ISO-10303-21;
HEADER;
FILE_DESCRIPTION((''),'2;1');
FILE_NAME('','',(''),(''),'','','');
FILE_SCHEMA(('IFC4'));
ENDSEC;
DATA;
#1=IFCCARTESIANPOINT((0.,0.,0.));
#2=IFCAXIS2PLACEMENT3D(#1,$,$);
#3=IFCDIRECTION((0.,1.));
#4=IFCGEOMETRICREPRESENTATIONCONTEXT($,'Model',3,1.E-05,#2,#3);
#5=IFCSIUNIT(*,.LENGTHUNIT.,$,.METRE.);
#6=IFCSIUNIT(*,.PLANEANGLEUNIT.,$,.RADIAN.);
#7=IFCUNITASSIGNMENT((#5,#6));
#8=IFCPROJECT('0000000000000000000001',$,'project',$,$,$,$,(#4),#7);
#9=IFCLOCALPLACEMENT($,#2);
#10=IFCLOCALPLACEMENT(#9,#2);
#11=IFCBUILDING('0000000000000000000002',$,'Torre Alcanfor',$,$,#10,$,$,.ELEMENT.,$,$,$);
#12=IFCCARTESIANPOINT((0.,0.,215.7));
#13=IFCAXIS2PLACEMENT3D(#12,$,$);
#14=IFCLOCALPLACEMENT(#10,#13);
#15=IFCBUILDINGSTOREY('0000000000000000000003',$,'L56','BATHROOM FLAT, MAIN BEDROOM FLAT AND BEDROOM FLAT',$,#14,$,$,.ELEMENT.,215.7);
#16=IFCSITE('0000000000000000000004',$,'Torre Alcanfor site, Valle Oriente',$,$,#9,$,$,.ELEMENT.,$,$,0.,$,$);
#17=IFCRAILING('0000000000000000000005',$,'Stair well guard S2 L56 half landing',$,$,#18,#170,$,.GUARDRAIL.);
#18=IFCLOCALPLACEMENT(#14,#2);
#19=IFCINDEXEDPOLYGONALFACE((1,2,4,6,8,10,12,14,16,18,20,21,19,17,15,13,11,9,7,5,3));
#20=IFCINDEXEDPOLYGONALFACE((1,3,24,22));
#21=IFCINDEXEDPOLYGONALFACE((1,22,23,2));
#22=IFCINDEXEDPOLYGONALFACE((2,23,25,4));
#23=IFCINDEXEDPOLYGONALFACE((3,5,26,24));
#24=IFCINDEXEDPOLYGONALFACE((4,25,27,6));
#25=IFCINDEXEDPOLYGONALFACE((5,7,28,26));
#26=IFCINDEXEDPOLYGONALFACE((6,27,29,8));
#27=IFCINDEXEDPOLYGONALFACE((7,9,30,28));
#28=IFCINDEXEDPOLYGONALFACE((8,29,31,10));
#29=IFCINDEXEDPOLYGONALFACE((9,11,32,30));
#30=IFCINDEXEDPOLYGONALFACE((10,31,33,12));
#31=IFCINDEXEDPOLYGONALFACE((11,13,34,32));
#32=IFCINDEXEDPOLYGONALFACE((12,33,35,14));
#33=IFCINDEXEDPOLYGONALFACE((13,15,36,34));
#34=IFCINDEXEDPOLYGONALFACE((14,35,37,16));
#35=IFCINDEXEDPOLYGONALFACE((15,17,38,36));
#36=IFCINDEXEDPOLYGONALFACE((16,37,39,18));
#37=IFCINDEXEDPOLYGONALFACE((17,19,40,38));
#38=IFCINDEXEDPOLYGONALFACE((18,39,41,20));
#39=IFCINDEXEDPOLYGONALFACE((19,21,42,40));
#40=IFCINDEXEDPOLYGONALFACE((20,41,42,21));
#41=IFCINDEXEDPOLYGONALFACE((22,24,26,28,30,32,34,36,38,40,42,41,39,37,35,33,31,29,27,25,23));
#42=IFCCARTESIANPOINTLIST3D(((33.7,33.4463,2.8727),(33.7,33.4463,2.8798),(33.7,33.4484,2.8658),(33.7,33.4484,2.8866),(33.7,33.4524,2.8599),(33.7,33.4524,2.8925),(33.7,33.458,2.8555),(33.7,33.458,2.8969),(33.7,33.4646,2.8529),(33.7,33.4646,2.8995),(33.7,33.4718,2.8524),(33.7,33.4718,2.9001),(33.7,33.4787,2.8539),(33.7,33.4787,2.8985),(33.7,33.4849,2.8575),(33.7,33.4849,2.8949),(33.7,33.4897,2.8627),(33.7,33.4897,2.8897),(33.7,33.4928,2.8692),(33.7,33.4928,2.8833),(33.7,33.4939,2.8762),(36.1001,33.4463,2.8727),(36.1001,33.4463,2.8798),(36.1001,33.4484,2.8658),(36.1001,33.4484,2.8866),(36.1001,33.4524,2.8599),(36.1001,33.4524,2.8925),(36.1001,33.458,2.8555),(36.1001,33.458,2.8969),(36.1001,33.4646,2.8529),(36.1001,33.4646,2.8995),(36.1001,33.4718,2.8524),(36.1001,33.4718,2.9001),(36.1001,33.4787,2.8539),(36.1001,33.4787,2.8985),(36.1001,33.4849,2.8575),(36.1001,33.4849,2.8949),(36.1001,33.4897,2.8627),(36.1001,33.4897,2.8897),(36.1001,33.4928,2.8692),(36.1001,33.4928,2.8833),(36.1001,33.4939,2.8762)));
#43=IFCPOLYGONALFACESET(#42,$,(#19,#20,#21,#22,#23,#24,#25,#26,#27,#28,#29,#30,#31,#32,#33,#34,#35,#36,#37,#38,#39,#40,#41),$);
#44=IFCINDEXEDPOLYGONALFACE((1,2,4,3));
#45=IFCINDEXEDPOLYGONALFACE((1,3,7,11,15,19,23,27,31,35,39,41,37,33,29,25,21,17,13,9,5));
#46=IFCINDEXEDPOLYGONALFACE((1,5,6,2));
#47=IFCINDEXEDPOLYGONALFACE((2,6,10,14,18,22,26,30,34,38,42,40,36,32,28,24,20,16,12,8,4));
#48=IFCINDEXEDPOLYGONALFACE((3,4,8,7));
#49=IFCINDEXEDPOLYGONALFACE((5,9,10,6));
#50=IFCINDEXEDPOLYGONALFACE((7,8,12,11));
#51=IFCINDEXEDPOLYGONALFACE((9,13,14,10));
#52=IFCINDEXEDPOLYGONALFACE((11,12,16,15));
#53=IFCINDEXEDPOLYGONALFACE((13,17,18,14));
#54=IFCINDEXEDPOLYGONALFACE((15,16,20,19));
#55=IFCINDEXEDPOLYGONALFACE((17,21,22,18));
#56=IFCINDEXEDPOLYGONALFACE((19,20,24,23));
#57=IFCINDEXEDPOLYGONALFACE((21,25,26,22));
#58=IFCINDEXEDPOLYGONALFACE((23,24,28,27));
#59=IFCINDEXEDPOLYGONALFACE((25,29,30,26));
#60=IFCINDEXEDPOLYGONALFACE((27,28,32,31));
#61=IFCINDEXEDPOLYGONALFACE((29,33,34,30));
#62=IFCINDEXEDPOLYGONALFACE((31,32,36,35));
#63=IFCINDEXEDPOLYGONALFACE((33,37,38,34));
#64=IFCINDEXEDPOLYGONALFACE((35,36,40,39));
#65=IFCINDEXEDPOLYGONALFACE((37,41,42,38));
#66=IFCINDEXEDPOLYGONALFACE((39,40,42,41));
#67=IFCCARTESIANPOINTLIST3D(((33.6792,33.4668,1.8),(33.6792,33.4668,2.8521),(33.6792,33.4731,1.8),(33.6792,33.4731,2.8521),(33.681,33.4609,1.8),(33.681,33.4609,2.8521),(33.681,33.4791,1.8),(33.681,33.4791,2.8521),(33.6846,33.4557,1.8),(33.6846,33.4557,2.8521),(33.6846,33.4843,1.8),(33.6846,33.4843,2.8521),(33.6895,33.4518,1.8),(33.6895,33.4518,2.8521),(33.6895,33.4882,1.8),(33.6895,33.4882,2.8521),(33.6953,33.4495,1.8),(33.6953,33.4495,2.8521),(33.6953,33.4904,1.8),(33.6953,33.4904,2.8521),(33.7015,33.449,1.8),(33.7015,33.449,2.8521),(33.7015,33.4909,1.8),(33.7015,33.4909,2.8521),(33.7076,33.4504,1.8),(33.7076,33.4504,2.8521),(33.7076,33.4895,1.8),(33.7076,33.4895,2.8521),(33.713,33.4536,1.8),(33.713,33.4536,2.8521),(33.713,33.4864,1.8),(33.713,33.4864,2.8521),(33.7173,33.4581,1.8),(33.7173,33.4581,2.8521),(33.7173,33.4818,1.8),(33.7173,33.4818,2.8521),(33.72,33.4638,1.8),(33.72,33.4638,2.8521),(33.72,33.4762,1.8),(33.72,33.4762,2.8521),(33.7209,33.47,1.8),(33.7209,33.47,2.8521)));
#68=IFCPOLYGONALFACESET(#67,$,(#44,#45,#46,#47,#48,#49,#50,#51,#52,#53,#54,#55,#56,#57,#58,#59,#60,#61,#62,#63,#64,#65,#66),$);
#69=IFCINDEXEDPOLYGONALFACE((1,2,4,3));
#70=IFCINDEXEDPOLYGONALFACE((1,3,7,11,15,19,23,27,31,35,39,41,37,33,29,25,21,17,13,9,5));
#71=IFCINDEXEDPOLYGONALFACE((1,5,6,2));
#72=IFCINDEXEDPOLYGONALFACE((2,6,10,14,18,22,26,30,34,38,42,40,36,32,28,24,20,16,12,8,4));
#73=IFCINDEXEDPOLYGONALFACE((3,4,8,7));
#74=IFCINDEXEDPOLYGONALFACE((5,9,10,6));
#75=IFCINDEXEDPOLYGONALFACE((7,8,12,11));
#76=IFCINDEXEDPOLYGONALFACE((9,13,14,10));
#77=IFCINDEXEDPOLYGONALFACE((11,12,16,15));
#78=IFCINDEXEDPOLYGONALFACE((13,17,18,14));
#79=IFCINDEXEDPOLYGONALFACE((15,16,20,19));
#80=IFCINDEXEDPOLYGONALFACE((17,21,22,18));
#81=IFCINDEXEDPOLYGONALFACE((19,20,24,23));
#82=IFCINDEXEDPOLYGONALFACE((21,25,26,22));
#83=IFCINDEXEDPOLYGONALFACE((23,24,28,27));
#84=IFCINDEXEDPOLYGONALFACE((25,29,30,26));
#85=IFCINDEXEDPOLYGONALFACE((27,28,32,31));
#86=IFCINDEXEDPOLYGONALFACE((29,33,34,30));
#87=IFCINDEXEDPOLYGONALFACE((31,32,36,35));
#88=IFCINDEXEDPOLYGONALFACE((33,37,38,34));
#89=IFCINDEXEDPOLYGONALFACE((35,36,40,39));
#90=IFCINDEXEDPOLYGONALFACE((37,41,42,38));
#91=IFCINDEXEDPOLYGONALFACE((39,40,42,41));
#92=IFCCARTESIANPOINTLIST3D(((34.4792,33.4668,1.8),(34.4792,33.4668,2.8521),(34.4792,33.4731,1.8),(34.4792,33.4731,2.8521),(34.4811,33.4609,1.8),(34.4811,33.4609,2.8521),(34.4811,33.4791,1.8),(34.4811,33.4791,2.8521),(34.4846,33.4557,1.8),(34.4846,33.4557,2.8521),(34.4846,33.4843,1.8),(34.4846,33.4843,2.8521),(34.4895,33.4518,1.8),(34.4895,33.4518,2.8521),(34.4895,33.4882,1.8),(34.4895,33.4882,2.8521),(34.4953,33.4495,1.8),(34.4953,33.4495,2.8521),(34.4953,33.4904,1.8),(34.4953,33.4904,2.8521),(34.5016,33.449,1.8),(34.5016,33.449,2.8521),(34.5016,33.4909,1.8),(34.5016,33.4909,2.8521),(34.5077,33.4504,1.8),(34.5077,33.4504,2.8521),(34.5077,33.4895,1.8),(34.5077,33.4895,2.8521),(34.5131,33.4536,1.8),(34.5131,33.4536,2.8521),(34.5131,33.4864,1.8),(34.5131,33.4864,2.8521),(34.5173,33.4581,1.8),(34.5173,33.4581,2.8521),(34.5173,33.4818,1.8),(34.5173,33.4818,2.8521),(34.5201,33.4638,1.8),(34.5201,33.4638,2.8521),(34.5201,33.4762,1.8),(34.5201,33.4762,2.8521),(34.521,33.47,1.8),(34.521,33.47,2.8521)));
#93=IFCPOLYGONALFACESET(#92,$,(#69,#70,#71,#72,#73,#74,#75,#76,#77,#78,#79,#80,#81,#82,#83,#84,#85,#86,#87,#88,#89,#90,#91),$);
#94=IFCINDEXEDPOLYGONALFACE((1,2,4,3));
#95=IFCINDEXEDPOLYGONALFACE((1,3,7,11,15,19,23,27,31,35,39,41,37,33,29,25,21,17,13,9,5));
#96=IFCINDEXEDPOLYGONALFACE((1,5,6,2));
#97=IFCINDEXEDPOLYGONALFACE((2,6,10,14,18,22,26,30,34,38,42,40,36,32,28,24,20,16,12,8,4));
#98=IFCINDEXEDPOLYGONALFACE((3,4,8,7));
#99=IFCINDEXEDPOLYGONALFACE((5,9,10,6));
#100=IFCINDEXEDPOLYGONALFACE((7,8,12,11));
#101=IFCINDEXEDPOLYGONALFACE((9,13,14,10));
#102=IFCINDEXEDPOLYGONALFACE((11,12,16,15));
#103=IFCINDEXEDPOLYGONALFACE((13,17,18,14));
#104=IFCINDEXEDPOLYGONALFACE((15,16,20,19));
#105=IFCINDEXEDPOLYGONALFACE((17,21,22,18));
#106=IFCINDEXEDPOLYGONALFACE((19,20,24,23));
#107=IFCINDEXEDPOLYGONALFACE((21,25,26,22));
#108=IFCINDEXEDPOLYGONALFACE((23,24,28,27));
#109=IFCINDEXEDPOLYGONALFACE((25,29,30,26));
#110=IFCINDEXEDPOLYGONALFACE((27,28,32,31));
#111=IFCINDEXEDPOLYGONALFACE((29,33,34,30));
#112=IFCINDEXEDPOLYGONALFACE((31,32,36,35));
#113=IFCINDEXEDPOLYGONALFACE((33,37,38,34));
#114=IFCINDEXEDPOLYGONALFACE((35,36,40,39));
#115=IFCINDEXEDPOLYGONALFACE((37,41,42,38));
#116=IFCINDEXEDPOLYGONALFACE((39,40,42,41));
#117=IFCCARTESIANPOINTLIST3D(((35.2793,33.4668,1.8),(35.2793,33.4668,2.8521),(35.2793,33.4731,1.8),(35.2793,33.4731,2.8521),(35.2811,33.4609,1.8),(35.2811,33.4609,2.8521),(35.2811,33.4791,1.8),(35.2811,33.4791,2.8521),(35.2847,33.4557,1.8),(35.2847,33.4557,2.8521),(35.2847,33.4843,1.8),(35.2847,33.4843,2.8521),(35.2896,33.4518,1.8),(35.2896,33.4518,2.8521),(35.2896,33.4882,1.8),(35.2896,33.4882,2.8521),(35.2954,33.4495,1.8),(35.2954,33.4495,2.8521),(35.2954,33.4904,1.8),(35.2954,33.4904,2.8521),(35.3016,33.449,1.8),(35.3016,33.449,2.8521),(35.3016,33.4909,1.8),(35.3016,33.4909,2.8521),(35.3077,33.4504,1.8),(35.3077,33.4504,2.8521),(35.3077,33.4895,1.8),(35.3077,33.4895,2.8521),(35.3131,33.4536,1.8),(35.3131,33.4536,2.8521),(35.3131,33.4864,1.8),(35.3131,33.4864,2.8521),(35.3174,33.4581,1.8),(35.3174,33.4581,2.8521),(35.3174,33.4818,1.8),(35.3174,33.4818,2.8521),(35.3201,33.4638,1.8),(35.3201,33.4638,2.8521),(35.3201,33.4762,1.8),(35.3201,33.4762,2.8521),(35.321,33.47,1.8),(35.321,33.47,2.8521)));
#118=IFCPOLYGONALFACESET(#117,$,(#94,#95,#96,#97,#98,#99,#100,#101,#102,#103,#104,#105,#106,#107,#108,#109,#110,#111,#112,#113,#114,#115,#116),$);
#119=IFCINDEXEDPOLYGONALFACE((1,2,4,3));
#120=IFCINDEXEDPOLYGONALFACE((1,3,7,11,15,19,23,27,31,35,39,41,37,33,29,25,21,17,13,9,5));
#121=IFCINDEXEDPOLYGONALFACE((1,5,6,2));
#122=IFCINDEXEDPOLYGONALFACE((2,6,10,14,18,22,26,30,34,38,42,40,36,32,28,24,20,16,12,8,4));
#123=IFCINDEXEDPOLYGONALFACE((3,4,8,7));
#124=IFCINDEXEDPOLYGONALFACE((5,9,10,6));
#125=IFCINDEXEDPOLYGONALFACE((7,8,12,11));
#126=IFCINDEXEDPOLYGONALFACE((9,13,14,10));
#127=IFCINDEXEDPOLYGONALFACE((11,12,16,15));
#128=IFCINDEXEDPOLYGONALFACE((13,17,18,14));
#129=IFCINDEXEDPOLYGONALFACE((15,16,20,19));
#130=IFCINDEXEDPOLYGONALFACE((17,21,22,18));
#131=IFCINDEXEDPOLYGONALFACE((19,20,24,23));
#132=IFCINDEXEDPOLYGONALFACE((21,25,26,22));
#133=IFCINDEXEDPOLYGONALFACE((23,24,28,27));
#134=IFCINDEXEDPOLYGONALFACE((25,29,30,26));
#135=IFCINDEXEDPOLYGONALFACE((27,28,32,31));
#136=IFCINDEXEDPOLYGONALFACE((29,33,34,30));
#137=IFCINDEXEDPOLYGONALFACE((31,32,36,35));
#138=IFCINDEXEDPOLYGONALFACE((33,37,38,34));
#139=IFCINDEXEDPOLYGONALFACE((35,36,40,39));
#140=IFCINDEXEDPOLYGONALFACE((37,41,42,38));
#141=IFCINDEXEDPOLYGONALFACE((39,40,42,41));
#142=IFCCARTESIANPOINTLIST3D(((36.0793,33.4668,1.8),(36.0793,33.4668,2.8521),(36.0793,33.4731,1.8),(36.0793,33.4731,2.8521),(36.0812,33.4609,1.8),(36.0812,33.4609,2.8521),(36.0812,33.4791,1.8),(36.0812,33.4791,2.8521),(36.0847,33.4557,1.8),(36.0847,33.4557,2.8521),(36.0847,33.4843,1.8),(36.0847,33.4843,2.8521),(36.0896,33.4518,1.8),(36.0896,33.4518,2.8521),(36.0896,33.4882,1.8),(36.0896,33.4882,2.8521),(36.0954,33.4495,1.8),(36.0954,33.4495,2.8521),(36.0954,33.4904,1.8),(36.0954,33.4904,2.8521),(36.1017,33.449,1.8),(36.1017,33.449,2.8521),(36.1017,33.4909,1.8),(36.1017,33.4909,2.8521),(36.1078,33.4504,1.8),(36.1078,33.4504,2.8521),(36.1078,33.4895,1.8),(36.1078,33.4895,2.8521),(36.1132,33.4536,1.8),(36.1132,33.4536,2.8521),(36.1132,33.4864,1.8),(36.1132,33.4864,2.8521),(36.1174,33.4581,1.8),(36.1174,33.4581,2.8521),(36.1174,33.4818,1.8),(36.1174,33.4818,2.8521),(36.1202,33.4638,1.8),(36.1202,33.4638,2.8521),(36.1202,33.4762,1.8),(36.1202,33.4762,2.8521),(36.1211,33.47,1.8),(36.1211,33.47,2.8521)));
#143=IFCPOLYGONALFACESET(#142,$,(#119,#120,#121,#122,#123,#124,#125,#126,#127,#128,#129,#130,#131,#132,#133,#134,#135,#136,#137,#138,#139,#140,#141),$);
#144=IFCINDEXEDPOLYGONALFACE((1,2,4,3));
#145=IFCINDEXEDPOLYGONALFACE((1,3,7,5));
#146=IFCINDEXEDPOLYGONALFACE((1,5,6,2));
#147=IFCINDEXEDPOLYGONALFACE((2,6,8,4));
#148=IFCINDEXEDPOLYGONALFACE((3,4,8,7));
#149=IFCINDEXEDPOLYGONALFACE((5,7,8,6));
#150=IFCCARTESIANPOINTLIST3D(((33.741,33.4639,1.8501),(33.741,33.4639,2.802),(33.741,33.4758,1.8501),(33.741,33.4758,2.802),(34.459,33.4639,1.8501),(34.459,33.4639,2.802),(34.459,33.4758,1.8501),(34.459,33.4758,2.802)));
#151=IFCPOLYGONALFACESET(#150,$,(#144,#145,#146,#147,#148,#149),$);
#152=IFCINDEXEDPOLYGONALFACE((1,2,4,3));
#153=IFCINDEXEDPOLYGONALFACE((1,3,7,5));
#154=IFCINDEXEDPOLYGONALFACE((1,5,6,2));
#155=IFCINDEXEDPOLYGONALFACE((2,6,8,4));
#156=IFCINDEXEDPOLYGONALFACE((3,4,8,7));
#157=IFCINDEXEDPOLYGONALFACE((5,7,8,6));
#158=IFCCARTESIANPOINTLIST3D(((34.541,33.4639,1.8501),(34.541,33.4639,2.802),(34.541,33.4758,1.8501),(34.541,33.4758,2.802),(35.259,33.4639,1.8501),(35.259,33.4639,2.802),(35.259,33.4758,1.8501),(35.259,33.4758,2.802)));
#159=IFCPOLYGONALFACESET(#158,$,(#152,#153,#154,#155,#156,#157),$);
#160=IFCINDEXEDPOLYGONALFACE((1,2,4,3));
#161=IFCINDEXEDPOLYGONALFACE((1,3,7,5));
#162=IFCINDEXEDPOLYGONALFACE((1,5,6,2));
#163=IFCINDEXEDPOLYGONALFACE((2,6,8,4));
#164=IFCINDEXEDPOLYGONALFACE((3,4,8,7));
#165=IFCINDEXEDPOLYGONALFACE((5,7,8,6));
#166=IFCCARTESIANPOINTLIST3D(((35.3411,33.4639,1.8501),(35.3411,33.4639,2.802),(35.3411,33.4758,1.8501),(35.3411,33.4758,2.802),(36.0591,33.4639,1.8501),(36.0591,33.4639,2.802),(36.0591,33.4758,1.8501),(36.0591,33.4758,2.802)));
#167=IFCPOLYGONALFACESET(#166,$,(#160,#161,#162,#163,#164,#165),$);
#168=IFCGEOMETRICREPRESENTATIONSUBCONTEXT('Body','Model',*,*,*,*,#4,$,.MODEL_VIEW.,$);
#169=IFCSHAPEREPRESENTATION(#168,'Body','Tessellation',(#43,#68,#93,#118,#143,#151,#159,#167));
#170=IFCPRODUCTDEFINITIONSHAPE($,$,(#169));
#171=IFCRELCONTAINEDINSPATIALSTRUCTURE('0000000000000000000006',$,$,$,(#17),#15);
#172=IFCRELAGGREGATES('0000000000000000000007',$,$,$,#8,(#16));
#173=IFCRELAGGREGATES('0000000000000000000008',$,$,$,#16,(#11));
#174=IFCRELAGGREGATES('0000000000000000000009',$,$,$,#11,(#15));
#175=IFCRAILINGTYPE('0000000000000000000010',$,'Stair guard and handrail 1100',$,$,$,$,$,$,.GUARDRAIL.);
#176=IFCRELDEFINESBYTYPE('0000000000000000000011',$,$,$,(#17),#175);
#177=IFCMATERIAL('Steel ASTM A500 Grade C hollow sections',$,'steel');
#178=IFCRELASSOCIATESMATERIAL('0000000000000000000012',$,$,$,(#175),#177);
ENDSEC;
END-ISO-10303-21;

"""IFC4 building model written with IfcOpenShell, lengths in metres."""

from ifc_helpers import new_model, si_unit, direction, frame, origin, origin_2d, place, context, subcontext, project, spatial, polyline, circle, outline, extrude, material, type_object, element, save


model = new_model("IFC4")

# Units and contexts
model_context = context("Model", 3, precision=1e-05, world=origin(), true_north=direction((0.0, 1.0)))
body_context = subcontext(model_context, "Body", "Model", "MODEL_VIEW")
ifc_project = project(units=[si_unit("LENGTHUNIT", "METRE"), si_unit("PLANEANGLEUNIT", "RADIAN")], contexts=[model_context])

# Site, building, storey
site_placement = place(None, origin())
site = spatial("IfcSite", under=ifc_project, at=site_placement, Name="Torre Alcanfor site, Valle Oriente", CompositionType="ELEMENT", RefElevation=0.0)
building_placement = place(site_placement, origin())
building = spatial("IfcBuilding", under=site, at=building_placement, Name="Torre Alcanfor", CompositionType="ELEMENT")
storey_placement = place(building_placement, frame((0.0, 0.0, 215.7)))
storey = spatial("IfcBuildingStorey", under=building, at=storey_placement, Name="L56", Description="BATHROOM FLAT, MAIN BEDROOM FLAT AND BEDROOM FLAT", CompositionType="ELEMENT", Elevation=215.7)

# Railing
ifc_material_1 = material(Name="Steel ASTM A500 Grade C hollow sections", Category="steel")
railing_type_1 = type_object("IfcRailingType", Name="Stair guard and handrail 1100", PredefinedType="GUARDRAIL", material=ifc_material_1)
for number, where, name in (
    (1, (33.7, 33.47, 1.8), "Stair well guard S2 L56 half landing"),
):
    element("IfcRailing", number, at=place(storey_placement, frame(where)), inside=storey, type_object=railing_type_1, Name=name, PredefinedType="GUARDRAIL", context=body_context, shape_type="SweptSolid", body=[
        extrude(circle(Radius=0.0239, at=origin_2d()), frame((0.0, 0.0, 1.0762), z_axis=(1.0, 0.0, 0.0), x_axis=(0.0, 1.0, 0.0)), (0.0, 0.0, 1.0), 2.4001),
        extrude(circle(Radius=0.021, at=origin_2d()), origin(), (0.0, 0.0, 1.0), 1.052),
        extrude(circle(Radius=0.021, at=origin_2d()), frame((0.8, 0.0, 0.0)), (0.0, 0.0, 1.0), 1.052),
        extrude(circle(Radius=0.021, at=origin_2d()), frame((1.6001, 0.0, 0.0)), (0.0, 0.0, 1.0), 1.052),
        extrude(circle(Radius=0.021, at=origin_2d()), frame((2.4001, 0.0, 0.0)), (0.0, 0.0, 1.0), 1.052),
        extrude(outline(polyline([(0.041, 0.05), (0.759, 0.05), (0.759, 1.002), (0.041, 1.002), (0.041, 0.05)])), frame((0.0, 0.0059, 0.0), z_axis=(0.0, -1.0, 0.0), x_axis=(1.0, 0.0, 0.0)), (0.0, 0.0, 1.0), 0.012),
        extrude(outline(polyline([(0.8411, 0.05), (1.5591, 0.05), (1.5591, 1.002), (0.8411, 1.002), (0.8411, 0.05)])), frame((0.0, 0.0059, 0.0), z_axis=(0.0, -1.0, 0.0), x_axis=(1.0, 0.0, 0.0)), (0.0, 0.0, 1.0), 0.012),
        extrude(outline(polyline([(1.6411, 0.05), (2.3591, 0.05), (2.3591, 1.002), (1.6411, 1.002), (1.6411, 0.05)])), frame((0.0, 0.0059, 0.0), z_axis=(0.0, -1.0, 0.0), x_axis=(1.0, 0.0, 0.0)), (0.0, 0.0, 1.0), 0.012),
    ])

save(model, "model.ifc")
